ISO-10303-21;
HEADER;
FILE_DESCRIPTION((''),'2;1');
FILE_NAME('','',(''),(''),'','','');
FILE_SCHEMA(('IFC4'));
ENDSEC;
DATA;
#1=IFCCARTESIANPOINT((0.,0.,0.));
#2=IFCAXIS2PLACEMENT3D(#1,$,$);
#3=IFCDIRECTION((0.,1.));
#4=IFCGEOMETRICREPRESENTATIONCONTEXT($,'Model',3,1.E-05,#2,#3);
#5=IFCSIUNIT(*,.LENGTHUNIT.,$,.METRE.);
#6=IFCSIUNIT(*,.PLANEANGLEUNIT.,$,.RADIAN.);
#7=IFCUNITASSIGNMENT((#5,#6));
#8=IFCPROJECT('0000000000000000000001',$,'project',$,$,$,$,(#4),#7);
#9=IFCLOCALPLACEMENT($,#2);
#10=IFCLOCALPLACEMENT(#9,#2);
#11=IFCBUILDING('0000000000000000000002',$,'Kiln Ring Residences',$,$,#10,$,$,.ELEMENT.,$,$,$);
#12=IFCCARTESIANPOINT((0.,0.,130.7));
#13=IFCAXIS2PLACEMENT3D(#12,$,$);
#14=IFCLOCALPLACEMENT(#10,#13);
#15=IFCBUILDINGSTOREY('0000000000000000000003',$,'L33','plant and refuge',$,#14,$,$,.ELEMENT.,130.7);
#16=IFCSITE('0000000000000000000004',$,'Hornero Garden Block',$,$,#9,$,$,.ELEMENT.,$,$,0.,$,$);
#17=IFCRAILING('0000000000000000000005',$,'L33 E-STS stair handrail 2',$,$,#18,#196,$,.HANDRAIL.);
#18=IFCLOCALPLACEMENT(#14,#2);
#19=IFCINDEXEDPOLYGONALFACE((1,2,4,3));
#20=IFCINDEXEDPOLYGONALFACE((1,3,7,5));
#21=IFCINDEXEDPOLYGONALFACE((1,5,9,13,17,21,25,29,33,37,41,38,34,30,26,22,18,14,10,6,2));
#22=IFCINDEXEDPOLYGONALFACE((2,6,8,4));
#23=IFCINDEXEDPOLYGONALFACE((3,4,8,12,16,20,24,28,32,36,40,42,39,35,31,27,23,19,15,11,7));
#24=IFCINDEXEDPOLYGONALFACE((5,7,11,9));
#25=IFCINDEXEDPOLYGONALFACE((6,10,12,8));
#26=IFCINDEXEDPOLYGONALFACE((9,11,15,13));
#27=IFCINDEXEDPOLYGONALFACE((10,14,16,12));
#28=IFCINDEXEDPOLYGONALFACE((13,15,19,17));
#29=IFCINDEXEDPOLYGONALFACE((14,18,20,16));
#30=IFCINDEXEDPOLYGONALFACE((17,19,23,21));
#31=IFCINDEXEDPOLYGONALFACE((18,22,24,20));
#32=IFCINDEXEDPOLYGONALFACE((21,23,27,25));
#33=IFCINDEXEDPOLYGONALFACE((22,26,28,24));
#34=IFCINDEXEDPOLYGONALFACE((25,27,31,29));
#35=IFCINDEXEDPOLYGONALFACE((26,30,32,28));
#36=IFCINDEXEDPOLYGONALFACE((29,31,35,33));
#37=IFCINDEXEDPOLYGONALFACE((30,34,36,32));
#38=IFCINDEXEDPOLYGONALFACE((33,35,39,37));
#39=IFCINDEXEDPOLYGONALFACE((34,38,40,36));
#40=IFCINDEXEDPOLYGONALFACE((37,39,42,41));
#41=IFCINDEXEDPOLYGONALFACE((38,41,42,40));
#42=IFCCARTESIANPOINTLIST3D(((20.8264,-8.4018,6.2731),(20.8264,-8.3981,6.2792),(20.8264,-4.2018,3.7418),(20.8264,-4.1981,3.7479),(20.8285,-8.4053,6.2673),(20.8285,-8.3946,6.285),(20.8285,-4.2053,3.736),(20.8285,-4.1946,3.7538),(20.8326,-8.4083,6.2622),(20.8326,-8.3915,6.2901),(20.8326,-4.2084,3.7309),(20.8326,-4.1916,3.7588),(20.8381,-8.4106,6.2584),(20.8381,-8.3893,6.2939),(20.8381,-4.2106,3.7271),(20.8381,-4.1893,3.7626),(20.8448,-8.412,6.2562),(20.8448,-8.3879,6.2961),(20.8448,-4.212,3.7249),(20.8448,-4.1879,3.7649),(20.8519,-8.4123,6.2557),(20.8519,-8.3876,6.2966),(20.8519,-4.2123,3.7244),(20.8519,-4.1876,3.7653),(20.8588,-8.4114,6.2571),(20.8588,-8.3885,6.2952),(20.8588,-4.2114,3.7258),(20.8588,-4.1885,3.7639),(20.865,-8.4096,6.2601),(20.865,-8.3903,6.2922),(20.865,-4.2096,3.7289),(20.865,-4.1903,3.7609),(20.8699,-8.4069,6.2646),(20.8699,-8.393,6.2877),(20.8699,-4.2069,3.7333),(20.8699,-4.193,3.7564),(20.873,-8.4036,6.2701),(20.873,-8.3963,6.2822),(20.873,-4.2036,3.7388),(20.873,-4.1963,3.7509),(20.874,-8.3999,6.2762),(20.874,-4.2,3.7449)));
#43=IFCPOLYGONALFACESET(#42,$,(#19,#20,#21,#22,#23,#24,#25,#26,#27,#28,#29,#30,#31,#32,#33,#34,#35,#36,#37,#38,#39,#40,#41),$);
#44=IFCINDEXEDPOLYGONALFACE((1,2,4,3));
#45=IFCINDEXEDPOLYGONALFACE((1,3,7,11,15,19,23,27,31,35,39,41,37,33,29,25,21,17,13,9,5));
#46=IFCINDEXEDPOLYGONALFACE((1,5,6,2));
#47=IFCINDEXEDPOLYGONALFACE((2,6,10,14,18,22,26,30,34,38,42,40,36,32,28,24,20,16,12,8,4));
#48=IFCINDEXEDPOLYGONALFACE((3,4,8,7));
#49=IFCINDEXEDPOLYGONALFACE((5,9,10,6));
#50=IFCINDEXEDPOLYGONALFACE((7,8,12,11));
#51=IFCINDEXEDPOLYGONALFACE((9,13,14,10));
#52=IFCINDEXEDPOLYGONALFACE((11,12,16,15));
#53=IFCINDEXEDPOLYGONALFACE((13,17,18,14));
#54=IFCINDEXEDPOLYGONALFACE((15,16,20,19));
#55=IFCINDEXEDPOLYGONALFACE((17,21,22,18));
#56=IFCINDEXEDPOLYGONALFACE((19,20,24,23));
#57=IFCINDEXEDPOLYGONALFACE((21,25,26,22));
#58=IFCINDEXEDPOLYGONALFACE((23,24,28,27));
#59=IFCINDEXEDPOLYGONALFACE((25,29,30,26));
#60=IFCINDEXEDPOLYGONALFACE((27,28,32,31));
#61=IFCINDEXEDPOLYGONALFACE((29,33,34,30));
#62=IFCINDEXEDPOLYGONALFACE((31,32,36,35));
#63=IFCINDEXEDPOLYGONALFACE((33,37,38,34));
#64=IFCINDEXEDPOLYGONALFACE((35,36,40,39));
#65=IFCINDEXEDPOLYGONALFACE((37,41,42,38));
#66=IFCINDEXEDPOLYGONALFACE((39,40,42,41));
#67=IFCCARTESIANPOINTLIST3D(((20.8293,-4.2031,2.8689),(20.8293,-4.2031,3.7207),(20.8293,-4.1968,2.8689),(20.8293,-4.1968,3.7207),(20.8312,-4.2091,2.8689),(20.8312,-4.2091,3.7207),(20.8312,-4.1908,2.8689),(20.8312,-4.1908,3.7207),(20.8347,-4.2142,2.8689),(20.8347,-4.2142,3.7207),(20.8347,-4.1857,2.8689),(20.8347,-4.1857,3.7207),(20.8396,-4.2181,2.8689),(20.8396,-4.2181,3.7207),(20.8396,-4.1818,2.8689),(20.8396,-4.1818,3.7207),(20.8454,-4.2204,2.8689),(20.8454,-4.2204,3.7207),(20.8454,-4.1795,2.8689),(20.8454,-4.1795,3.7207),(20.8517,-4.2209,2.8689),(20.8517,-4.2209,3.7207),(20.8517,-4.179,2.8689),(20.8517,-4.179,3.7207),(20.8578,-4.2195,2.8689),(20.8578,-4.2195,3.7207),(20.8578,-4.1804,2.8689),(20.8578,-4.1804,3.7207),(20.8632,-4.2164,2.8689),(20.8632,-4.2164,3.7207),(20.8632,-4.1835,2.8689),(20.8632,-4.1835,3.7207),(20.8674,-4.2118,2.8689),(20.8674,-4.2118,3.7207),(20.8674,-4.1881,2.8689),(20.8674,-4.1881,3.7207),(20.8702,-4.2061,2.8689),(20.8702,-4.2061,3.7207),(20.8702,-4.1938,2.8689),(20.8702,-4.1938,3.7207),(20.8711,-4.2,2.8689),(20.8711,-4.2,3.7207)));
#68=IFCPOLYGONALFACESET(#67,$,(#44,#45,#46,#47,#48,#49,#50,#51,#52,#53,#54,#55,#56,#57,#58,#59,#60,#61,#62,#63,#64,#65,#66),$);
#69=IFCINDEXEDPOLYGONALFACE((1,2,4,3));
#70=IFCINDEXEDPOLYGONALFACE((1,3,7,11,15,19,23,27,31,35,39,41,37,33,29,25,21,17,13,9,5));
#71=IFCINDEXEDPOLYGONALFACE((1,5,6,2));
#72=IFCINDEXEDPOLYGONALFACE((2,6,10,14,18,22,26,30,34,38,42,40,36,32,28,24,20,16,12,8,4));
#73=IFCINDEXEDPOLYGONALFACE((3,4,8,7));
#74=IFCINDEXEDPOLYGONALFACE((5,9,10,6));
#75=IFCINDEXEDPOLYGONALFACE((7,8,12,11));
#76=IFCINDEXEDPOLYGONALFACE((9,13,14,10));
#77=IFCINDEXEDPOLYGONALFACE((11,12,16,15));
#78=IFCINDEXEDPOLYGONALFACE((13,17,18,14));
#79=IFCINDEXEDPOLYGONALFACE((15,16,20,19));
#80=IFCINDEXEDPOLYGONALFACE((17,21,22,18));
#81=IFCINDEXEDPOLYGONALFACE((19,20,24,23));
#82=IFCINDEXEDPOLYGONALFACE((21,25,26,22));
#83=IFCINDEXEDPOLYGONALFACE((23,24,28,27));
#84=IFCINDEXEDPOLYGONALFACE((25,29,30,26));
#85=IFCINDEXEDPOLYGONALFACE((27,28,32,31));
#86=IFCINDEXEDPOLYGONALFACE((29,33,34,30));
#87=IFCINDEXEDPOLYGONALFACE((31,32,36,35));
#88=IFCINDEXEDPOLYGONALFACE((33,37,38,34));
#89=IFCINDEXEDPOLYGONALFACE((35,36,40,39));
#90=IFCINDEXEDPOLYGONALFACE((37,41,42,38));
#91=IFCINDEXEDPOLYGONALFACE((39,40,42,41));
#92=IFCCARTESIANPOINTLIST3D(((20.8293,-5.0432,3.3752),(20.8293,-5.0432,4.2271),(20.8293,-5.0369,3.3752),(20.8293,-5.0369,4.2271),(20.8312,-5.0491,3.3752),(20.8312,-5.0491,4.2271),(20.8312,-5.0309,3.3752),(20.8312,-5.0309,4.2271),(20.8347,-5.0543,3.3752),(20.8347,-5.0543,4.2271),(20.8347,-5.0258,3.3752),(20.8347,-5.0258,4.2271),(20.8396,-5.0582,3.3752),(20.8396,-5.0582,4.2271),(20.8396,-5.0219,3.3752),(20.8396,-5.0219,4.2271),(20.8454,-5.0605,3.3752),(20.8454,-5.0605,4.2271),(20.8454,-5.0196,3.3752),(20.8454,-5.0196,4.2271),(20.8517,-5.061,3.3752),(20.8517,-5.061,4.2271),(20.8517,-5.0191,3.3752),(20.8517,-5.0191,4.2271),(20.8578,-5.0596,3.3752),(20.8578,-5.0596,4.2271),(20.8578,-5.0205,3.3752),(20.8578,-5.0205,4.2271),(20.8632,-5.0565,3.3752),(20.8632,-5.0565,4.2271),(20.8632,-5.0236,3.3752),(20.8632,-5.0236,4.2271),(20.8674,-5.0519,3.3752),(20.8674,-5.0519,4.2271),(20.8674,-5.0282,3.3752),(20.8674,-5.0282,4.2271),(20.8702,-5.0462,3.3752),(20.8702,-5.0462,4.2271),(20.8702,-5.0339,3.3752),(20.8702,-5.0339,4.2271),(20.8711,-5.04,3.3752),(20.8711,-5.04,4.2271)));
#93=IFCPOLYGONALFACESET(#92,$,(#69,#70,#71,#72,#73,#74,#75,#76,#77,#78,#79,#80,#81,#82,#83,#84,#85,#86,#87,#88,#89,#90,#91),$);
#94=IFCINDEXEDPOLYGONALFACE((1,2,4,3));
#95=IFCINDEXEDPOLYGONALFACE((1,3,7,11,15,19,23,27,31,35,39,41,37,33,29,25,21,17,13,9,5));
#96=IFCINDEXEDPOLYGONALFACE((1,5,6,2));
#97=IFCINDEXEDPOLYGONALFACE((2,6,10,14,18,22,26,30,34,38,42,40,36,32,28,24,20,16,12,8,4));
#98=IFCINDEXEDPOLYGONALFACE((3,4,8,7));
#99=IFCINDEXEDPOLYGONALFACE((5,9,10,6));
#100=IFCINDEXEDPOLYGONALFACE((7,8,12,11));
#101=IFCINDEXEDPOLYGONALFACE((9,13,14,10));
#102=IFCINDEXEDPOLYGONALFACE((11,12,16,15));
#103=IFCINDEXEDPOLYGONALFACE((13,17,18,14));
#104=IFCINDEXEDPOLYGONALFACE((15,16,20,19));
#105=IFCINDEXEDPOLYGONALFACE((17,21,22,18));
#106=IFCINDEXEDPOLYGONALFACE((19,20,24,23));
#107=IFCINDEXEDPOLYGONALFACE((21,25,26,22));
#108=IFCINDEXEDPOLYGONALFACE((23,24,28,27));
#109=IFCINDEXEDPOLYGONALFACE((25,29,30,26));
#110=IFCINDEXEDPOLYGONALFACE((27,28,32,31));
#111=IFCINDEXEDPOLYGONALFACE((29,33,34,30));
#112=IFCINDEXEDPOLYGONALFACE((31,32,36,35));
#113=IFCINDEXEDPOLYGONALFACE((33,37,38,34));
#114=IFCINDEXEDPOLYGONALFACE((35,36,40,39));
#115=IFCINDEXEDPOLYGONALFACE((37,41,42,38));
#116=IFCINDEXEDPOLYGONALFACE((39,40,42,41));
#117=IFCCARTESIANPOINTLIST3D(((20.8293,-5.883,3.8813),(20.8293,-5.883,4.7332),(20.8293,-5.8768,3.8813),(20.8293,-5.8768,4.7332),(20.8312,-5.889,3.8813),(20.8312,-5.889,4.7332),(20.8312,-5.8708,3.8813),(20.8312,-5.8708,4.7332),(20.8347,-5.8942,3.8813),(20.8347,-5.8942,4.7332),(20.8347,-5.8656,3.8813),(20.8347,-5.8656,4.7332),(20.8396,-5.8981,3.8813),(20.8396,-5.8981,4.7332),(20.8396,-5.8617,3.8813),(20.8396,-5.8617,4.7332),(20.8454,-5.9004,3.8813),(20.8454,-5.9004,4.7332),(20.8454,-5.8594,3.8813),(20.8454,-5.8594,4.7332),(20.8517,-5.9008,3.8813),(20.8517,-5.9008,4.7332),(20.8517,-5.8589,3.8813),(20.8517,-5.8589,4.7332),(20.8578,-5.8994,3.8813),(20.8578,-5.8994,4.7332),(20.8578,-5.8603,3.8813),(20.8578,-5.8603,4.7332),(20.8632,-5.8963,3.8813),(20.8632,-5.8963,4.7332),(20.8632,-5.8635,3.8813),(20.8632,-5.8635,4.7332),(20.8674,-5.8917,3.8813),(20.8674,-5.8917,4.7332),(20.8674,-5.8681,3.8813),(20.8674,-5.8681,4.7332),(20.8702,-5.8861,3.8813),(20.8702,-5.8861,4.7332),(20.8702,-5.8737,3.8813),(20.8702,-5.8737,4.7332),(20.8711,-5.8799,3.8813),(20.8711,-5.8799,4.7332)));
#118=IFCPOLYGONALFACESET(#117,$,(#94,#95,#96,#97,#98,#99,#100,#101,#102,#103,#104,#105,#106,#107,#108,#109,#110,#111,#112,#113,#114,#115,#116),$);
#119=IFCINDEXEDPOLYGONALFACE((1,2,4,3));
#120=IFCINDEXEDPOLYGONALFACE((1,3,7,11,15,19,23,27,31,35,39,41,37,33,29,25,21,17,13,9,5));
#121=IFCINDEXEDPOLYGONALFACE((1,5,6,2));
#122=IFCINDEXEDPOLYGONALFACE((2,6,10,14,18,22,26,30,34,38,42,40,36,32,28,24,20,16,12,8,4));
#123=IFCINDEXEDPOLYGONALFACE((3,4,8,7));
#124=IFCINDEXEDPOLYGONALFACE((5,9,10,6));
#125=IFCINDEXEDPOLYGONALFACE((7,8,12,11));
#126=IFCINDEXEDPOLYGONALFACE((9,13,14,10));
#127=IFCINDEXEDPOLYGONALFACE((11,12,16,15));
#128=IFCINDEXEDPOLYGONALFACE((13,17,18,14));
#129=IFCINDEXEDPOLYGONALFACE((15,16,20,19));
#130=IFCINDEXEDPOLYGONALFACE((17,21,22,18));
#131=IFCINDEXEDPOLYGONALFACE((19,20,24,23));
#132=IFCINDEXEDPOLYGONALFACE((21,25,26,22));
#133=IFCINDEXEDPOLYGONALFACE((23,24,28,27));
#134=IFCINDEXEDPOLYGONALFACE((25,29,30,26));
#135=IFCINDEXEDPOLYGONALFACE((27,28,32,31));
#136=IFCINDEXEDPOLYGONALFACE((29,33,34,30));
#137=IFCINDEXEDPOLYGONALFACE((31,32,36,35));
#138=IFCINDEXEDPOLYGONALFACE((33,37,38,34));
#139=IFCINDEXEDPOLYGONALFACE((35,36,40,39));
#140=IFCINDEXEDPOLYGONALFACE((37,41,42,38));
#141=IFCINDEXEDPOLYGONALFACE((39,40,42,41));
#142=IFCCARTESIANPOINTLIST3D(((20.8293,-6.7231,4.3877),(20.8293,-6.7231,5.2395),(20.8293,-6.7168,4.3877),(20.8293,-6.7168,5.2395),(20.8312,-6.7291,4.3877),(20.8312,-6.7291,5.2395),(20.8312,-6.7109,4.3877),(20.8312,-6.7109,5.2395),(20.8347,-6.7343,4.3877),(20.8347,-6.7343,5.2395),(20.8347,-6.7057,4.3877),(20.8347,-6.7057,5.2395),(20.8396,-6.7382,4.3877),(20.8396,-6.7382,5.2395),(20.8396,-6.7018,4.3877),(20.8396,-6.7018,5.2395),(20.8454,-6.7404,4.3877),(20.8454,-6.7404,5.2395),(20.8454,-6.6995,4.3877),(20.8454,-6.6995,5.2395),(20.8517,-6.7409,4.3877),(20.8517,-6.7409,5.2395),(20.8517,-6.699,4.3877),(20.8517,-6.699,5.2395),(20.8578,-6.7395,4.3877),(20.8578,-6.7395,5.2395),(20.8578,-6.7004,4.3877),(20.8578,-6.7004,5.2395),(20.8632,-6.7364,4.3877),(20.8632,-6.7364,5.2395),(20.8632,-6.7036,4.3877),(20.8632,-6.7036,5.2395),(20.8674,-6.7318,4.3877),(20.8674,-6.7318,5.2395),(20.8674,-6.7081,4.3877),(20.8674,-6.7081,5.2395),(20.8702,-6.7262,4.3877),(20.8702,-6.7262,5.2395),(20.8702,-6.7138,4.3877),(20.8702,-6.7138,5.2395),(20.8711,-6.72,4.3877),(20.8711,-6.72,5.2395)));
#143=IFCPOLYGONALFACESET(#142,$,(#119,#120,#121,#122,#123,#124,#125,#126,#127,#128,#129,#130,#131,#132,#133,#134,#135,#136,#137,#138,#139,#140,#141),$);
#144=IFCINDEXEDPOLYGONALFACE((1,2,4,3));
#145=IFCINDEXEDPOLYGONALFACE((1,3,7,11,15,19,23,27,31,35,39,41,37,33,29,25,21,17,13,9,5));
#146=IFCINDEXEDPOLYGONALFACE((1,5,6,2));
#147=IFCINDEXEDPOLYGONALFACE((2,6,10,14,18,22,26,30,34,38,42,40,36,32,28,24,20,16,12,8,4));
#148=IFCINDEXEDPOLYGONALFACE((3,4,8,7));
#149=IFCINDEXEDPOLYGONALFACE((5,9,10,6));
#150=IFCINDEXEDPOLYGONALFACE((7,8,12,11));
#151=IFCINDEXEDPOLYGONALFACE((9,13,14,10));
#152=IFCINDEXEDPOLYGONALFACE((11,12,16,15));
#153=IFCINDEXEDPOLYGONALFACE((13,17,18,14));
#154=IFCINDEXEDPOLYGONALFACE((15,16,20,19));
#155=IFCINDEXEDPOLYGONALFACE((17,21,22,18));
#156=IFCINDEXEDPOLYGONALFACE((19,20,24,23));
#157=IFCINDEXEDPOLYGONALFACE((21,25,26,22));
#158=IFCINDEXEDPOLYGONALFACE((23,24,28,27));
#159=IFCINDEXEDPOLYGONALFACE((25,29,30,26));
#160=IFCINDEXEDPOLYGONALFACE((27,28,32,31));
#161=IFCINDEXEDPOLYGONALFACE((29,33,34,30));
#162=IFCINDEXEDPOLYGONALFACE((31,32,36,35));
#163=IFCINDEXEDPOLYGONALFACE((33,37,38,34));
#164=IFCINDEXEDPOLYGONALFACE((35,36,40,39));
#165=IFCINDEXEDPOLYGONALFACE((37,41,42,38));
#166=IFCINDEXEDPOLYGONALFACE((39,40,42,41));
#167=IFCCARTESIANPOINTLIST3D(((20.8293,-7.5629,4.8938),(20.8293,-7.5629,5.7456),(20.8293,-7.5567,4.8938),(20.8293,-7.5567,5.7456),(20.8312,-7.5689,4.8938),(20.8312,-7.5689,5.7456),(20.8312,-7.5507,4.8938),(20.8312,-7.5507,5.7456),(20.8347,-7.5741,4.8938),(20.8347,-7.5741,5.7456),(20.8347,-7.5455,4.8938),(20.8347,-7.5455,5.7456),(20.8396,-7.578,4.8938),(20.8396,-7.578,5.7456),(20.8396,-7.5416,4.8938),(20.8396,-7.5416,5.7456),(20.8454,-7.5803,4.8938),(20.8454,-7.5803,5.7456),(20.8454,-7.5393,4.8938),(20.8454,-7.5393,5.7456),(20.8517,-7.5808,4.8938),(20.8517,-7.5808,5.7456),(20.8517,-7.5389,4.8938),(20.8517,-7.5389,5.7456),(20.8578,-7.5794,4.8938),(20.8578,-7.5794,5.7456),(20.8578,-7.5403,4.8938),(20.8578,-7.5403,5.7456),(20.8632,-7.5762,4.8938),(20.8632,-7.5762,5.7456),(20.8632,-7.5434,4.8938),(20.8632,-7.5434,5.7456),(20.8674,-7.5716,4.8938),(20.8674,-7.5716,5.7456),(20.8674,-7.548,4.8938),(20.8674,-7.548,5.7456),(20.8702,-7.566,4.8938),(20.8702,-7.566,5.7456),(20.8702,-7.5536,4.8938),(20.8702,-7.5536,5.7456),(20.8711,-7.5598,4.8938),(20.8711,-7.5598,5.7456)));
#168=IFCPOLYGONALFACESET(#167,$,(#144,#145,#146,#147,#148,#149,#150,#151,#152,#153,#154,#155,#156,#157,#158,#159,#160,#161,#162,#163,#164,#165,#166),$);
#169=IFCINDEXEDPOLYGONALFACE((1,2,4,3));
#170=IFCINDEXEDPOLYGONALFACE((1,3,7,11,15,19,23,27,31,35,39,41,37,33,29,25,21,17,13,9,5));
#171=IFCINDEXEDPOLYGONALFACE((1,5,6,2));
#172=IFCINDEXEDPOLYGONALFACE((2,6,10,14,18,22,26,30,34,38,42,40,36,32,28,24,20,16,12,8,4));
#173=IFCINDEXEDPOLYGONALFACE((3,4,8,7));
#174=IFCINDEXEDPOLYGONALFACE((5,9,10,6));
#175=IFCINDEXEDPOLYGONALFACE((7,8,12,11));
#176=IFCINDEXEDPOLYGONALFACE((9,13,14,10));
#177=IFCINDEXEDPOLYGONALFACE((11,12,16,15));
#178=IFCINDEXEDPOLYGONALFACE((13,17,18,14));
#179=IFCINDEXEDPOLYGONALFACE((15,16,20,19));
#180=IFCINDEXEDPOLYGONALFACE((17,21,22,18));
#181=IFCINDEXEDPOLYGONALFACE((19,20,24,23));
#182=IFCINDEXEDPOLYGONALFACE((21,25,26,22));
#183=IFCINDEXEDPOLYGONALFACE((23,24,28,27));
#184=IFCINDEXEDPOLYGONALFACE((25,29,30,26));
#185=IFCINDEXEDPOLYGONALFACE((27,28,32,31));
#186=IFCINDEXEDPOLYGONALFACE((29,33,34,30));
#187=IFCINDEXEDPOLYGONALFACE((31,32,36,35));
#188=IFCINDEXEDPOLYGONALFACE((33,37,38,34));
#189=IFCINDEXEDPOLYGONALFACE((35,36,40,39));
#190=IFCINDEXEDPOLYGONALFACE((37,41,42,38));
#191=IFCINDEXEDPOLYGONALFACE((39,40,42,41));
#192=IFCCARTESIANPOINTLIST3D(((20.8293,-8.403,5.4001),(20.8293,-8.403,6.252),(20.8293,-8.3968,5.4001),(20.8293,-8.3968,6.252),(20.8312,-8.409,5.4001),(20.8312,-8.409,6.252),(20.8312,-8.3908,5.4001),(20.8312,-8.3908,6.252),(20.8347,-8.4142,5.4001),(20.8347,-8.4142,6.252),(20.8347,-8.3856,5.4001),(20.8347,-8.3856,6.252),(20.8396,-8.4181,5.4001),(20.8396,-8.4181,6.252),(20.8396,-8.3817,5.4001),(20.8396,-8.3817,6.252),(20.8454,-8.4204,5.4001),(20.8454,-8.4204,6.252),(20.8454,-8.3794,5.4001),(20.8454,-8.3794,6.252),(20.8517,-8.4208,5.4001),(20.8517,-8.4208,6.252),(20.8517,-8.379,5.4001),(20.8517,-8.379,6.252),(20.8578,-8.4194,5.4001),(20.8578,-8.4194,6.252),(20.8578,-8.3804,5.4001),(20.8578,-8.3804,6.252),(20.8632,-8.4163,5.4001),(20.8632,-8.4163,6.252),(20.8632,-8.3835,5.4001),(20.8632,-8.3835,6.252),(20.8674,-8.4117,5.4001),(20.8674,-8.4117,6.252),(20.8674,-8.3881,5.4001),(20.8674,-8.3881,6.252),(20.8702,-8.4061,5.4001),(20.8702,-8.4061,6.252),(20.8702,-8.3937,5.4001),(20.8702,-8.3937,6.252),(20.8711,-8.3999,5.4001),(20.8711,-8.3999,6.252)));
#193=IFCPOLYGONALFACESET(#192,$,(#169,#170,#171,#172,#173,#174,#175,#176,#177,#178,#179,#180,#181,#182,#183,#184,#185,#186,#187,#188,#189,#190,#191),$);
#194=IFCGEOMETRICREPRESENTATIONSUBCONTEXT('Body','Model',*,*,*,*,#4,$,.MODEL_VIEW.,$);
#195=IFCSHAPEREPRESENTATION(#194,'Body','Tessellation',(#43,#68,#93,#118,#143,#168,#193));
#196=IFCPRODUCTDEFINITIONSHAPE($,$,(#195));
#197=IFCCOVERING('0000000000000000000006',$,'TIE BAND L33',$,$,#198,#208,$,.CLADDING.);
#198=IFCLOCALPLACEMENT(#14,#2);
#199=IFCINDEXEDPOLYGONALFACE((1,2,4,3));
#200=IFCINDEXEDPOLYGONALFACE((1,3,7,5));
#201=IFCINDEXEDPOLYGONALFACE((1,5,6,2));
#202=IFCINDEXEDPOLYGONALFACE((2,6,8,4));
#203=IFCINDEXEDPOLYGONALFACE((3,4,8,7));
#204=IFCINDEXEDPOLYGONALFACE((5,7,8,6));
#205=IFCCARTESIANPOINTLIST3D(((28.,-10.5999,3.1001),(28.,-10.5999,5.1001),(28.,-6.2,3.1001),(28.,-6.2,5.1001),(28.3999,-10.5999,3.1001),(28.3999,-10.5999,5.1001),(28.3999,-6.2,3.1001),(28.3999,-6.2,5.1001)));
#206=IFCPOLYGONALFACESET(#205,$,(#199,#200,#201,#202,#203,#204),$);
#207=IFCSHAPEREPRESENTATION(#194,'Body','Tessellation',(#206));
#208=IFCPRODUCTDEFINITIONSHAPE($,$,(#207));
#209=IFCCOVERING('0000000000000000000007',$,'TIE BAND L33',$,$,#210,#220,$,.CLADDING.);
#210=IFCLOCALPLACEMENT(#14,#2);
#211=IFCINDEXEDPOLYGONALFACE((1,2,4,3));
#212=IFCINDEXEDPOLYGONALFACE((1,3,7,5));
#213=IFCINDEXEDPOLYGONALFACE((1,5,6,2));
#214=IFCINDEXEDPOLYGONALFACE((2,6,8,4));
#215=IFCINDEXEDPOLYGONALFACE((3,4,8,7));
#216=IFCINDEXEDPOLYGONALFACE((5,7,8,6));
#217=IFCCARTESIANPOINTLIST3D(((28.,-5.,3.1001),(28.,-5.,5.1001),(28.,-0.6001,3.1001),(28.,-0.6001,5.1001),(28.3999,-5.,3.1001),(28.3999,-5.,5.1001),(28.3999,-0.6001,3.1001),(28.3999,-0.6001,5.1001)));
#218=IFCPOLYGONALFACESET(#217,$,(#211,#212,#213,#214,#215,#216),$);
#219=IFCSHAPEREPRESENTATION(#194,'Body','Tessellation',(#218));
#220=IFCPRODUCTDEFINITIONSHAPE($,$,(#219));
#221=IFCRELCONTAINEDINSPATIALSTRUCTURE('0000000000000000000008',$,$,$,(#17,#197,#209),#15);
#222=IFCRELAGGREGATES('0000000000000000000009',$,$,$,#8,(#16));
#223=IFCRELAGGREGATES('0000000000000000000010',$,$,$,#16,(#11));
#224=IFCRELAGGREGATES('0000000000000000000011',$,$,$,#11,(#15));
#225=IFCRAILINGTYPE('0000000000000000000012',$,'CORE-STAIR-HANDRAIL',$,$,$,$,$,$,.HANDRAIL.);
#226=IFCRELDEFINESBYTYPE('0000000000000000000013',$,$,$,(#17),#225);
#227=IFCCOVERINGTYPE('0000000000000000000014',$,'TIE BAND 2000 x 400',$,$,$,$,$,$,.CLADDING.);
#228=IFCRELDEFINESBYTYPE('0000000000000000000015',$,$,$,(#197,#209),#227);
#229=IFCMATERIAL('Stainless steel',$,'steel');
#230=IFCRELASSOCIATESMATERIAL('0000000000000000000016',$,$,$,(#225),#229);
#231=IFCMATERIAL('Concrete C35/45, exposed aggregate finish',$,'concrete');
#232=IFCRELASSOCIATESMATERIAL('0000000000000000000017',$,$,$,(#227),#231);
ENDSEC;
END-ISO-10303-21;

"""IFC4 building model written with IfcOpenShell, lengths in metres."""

from ifc_helpers import new_model, si_unit, direction, frame, origin, origin_2d, place, context, subcontext, project, spatial, rectangle, circle, extrude, material, type_object, element, save


model = new_model("IFC4")

# Units and contexts
model_context = context("Model", 3, precision=1e-05, world=origin(), true_north=direction((0.0, 1.0)))
body_context = subcontext(model_context, "Body", "Model", "MODEL_VIEW")
ifc_project = project(units=[si_unit("LENGTHUNIT", "METRE"), si_unit("PLANEANGLEUNIT", "RADIAN")], contexts=[model_context])

# Site, building, storey
site_placement = place(None, origin())
site = spatial("IfcSite", under=ifc_project, at=site_placement, Name="Hornero Garden Block", CompositionType="ELEMENT", RefElevation=0.0)
building_placement = place(site_placement, origin())
building = spatial("IfcBuilding", under=site, at=building_placement, Name="Kiln Ring Residences", CompositionType="ELEMENT")
storey_placement = place(building_placement, frame((0.0, 0.0, 130.7)))
storey = spatial("IfcBuildingStorey", under=building, at=storey_placement, Name="L33", Description="plant and refuge", CompositionType="ELEMENT", Elevation=130.7)

# Railing
ifc_material_1 = material(Name="Stainless steel", Category="steel")
railing_type_1 = type_object("IfcRailingType", Name="CORE-STAIR-HANDRAIL", PredefinedType="HANDRAIL", material=ifc_material_1)
railing_1_placement = place(storey_placement, frame((20.8501, -4.2, 2.8689)))
element("IfcRailing", 1, at=railing_1_placement, inside=storey, type_object=railing_type_1, Name="L33 E-STS stair handrail 2", PredefinedType="HANDRAIL", context=body_context, shape_type="SweptSolid", body=[
    extrude(circle(Radius=0.0239, at=origin_2d()), frame((0.0, 0.0, 0.876), z_axis=(0.0, -0.856476, 0.516186), x_axis=(1.0, 0.0, 0.0)), (0.0, 0.0, 1.0), 4.9038),
    extrude(circle(Radius=0.021, at=origin_2d()), origin(), (0.0, 0.0, 1.0), 0.8518),
    extrude(circle(Radius=0.021, at=origin_2d()), frame((0.0, -0.8401, 0.5063)), (0.0, 0.0, 1.0), 0.8518),
    extrude(circle(Radius=0.021, at=origin_2d()), frame((0.0, -1.6799, 1.0125)), (0.0, 0.0, 1.0), 0.8518),
    extrude(circle(Radius=0.021, at=origin_2d()), frame((0.0, -2.52, 1.5188)), (0.0, 0.0, 1.0), 0.8518),
    extrude(circle(Radius=0.021, at=origin_2d()), frame((0.0, -3.3599, 2.0249)), (0.0, 0.0, 1.0), 0.8518),
    extrude(circle(Radius=0.021, at=origin_2d()), frame((0.0, -4.2, 2.5312)), (0.0, 0.0, 1.0), 0.8518),
])

# Coverings
ifc_material_2 = material(Name="Concrete C35/45, exposed aggregate finish", Category="concrete")
covering_type = type_object("IfcCoveringType", Name="TIE BAND 2000 x 400", PredefinedType="CLADDING", material=ifc_material_2)
for number, where, z_axis, x_axis, name in (
    (2, (28.2, -8.3999, 3.1001), (0.0, 0.0, 1.0), (0.0, 1.0, 0.0), "TIE BAND L33"),
    (3, (28.2, -2.8, 3.1001), (0.0, 0.0, 1.0), (0.0, 1.0, 0.0), "TIE BAND L33"),
):
    element("IfcCovering", number, at=place(storey_placement, frame(where, z_axis=z_axis, x_axis=x_axis)), inside=storey, type_object=covering_type, Name=name, PredefinedType="CLADDING", context=body_context, shape_type="SweptSolid", body=[
        extrude(rectangle(XDim=4.3999, YDim=0.3999, at=origin_2d()), origin(), (0.0, 0.0, 1.0), 2.0),
    ])

save(model, "model.ifc")
